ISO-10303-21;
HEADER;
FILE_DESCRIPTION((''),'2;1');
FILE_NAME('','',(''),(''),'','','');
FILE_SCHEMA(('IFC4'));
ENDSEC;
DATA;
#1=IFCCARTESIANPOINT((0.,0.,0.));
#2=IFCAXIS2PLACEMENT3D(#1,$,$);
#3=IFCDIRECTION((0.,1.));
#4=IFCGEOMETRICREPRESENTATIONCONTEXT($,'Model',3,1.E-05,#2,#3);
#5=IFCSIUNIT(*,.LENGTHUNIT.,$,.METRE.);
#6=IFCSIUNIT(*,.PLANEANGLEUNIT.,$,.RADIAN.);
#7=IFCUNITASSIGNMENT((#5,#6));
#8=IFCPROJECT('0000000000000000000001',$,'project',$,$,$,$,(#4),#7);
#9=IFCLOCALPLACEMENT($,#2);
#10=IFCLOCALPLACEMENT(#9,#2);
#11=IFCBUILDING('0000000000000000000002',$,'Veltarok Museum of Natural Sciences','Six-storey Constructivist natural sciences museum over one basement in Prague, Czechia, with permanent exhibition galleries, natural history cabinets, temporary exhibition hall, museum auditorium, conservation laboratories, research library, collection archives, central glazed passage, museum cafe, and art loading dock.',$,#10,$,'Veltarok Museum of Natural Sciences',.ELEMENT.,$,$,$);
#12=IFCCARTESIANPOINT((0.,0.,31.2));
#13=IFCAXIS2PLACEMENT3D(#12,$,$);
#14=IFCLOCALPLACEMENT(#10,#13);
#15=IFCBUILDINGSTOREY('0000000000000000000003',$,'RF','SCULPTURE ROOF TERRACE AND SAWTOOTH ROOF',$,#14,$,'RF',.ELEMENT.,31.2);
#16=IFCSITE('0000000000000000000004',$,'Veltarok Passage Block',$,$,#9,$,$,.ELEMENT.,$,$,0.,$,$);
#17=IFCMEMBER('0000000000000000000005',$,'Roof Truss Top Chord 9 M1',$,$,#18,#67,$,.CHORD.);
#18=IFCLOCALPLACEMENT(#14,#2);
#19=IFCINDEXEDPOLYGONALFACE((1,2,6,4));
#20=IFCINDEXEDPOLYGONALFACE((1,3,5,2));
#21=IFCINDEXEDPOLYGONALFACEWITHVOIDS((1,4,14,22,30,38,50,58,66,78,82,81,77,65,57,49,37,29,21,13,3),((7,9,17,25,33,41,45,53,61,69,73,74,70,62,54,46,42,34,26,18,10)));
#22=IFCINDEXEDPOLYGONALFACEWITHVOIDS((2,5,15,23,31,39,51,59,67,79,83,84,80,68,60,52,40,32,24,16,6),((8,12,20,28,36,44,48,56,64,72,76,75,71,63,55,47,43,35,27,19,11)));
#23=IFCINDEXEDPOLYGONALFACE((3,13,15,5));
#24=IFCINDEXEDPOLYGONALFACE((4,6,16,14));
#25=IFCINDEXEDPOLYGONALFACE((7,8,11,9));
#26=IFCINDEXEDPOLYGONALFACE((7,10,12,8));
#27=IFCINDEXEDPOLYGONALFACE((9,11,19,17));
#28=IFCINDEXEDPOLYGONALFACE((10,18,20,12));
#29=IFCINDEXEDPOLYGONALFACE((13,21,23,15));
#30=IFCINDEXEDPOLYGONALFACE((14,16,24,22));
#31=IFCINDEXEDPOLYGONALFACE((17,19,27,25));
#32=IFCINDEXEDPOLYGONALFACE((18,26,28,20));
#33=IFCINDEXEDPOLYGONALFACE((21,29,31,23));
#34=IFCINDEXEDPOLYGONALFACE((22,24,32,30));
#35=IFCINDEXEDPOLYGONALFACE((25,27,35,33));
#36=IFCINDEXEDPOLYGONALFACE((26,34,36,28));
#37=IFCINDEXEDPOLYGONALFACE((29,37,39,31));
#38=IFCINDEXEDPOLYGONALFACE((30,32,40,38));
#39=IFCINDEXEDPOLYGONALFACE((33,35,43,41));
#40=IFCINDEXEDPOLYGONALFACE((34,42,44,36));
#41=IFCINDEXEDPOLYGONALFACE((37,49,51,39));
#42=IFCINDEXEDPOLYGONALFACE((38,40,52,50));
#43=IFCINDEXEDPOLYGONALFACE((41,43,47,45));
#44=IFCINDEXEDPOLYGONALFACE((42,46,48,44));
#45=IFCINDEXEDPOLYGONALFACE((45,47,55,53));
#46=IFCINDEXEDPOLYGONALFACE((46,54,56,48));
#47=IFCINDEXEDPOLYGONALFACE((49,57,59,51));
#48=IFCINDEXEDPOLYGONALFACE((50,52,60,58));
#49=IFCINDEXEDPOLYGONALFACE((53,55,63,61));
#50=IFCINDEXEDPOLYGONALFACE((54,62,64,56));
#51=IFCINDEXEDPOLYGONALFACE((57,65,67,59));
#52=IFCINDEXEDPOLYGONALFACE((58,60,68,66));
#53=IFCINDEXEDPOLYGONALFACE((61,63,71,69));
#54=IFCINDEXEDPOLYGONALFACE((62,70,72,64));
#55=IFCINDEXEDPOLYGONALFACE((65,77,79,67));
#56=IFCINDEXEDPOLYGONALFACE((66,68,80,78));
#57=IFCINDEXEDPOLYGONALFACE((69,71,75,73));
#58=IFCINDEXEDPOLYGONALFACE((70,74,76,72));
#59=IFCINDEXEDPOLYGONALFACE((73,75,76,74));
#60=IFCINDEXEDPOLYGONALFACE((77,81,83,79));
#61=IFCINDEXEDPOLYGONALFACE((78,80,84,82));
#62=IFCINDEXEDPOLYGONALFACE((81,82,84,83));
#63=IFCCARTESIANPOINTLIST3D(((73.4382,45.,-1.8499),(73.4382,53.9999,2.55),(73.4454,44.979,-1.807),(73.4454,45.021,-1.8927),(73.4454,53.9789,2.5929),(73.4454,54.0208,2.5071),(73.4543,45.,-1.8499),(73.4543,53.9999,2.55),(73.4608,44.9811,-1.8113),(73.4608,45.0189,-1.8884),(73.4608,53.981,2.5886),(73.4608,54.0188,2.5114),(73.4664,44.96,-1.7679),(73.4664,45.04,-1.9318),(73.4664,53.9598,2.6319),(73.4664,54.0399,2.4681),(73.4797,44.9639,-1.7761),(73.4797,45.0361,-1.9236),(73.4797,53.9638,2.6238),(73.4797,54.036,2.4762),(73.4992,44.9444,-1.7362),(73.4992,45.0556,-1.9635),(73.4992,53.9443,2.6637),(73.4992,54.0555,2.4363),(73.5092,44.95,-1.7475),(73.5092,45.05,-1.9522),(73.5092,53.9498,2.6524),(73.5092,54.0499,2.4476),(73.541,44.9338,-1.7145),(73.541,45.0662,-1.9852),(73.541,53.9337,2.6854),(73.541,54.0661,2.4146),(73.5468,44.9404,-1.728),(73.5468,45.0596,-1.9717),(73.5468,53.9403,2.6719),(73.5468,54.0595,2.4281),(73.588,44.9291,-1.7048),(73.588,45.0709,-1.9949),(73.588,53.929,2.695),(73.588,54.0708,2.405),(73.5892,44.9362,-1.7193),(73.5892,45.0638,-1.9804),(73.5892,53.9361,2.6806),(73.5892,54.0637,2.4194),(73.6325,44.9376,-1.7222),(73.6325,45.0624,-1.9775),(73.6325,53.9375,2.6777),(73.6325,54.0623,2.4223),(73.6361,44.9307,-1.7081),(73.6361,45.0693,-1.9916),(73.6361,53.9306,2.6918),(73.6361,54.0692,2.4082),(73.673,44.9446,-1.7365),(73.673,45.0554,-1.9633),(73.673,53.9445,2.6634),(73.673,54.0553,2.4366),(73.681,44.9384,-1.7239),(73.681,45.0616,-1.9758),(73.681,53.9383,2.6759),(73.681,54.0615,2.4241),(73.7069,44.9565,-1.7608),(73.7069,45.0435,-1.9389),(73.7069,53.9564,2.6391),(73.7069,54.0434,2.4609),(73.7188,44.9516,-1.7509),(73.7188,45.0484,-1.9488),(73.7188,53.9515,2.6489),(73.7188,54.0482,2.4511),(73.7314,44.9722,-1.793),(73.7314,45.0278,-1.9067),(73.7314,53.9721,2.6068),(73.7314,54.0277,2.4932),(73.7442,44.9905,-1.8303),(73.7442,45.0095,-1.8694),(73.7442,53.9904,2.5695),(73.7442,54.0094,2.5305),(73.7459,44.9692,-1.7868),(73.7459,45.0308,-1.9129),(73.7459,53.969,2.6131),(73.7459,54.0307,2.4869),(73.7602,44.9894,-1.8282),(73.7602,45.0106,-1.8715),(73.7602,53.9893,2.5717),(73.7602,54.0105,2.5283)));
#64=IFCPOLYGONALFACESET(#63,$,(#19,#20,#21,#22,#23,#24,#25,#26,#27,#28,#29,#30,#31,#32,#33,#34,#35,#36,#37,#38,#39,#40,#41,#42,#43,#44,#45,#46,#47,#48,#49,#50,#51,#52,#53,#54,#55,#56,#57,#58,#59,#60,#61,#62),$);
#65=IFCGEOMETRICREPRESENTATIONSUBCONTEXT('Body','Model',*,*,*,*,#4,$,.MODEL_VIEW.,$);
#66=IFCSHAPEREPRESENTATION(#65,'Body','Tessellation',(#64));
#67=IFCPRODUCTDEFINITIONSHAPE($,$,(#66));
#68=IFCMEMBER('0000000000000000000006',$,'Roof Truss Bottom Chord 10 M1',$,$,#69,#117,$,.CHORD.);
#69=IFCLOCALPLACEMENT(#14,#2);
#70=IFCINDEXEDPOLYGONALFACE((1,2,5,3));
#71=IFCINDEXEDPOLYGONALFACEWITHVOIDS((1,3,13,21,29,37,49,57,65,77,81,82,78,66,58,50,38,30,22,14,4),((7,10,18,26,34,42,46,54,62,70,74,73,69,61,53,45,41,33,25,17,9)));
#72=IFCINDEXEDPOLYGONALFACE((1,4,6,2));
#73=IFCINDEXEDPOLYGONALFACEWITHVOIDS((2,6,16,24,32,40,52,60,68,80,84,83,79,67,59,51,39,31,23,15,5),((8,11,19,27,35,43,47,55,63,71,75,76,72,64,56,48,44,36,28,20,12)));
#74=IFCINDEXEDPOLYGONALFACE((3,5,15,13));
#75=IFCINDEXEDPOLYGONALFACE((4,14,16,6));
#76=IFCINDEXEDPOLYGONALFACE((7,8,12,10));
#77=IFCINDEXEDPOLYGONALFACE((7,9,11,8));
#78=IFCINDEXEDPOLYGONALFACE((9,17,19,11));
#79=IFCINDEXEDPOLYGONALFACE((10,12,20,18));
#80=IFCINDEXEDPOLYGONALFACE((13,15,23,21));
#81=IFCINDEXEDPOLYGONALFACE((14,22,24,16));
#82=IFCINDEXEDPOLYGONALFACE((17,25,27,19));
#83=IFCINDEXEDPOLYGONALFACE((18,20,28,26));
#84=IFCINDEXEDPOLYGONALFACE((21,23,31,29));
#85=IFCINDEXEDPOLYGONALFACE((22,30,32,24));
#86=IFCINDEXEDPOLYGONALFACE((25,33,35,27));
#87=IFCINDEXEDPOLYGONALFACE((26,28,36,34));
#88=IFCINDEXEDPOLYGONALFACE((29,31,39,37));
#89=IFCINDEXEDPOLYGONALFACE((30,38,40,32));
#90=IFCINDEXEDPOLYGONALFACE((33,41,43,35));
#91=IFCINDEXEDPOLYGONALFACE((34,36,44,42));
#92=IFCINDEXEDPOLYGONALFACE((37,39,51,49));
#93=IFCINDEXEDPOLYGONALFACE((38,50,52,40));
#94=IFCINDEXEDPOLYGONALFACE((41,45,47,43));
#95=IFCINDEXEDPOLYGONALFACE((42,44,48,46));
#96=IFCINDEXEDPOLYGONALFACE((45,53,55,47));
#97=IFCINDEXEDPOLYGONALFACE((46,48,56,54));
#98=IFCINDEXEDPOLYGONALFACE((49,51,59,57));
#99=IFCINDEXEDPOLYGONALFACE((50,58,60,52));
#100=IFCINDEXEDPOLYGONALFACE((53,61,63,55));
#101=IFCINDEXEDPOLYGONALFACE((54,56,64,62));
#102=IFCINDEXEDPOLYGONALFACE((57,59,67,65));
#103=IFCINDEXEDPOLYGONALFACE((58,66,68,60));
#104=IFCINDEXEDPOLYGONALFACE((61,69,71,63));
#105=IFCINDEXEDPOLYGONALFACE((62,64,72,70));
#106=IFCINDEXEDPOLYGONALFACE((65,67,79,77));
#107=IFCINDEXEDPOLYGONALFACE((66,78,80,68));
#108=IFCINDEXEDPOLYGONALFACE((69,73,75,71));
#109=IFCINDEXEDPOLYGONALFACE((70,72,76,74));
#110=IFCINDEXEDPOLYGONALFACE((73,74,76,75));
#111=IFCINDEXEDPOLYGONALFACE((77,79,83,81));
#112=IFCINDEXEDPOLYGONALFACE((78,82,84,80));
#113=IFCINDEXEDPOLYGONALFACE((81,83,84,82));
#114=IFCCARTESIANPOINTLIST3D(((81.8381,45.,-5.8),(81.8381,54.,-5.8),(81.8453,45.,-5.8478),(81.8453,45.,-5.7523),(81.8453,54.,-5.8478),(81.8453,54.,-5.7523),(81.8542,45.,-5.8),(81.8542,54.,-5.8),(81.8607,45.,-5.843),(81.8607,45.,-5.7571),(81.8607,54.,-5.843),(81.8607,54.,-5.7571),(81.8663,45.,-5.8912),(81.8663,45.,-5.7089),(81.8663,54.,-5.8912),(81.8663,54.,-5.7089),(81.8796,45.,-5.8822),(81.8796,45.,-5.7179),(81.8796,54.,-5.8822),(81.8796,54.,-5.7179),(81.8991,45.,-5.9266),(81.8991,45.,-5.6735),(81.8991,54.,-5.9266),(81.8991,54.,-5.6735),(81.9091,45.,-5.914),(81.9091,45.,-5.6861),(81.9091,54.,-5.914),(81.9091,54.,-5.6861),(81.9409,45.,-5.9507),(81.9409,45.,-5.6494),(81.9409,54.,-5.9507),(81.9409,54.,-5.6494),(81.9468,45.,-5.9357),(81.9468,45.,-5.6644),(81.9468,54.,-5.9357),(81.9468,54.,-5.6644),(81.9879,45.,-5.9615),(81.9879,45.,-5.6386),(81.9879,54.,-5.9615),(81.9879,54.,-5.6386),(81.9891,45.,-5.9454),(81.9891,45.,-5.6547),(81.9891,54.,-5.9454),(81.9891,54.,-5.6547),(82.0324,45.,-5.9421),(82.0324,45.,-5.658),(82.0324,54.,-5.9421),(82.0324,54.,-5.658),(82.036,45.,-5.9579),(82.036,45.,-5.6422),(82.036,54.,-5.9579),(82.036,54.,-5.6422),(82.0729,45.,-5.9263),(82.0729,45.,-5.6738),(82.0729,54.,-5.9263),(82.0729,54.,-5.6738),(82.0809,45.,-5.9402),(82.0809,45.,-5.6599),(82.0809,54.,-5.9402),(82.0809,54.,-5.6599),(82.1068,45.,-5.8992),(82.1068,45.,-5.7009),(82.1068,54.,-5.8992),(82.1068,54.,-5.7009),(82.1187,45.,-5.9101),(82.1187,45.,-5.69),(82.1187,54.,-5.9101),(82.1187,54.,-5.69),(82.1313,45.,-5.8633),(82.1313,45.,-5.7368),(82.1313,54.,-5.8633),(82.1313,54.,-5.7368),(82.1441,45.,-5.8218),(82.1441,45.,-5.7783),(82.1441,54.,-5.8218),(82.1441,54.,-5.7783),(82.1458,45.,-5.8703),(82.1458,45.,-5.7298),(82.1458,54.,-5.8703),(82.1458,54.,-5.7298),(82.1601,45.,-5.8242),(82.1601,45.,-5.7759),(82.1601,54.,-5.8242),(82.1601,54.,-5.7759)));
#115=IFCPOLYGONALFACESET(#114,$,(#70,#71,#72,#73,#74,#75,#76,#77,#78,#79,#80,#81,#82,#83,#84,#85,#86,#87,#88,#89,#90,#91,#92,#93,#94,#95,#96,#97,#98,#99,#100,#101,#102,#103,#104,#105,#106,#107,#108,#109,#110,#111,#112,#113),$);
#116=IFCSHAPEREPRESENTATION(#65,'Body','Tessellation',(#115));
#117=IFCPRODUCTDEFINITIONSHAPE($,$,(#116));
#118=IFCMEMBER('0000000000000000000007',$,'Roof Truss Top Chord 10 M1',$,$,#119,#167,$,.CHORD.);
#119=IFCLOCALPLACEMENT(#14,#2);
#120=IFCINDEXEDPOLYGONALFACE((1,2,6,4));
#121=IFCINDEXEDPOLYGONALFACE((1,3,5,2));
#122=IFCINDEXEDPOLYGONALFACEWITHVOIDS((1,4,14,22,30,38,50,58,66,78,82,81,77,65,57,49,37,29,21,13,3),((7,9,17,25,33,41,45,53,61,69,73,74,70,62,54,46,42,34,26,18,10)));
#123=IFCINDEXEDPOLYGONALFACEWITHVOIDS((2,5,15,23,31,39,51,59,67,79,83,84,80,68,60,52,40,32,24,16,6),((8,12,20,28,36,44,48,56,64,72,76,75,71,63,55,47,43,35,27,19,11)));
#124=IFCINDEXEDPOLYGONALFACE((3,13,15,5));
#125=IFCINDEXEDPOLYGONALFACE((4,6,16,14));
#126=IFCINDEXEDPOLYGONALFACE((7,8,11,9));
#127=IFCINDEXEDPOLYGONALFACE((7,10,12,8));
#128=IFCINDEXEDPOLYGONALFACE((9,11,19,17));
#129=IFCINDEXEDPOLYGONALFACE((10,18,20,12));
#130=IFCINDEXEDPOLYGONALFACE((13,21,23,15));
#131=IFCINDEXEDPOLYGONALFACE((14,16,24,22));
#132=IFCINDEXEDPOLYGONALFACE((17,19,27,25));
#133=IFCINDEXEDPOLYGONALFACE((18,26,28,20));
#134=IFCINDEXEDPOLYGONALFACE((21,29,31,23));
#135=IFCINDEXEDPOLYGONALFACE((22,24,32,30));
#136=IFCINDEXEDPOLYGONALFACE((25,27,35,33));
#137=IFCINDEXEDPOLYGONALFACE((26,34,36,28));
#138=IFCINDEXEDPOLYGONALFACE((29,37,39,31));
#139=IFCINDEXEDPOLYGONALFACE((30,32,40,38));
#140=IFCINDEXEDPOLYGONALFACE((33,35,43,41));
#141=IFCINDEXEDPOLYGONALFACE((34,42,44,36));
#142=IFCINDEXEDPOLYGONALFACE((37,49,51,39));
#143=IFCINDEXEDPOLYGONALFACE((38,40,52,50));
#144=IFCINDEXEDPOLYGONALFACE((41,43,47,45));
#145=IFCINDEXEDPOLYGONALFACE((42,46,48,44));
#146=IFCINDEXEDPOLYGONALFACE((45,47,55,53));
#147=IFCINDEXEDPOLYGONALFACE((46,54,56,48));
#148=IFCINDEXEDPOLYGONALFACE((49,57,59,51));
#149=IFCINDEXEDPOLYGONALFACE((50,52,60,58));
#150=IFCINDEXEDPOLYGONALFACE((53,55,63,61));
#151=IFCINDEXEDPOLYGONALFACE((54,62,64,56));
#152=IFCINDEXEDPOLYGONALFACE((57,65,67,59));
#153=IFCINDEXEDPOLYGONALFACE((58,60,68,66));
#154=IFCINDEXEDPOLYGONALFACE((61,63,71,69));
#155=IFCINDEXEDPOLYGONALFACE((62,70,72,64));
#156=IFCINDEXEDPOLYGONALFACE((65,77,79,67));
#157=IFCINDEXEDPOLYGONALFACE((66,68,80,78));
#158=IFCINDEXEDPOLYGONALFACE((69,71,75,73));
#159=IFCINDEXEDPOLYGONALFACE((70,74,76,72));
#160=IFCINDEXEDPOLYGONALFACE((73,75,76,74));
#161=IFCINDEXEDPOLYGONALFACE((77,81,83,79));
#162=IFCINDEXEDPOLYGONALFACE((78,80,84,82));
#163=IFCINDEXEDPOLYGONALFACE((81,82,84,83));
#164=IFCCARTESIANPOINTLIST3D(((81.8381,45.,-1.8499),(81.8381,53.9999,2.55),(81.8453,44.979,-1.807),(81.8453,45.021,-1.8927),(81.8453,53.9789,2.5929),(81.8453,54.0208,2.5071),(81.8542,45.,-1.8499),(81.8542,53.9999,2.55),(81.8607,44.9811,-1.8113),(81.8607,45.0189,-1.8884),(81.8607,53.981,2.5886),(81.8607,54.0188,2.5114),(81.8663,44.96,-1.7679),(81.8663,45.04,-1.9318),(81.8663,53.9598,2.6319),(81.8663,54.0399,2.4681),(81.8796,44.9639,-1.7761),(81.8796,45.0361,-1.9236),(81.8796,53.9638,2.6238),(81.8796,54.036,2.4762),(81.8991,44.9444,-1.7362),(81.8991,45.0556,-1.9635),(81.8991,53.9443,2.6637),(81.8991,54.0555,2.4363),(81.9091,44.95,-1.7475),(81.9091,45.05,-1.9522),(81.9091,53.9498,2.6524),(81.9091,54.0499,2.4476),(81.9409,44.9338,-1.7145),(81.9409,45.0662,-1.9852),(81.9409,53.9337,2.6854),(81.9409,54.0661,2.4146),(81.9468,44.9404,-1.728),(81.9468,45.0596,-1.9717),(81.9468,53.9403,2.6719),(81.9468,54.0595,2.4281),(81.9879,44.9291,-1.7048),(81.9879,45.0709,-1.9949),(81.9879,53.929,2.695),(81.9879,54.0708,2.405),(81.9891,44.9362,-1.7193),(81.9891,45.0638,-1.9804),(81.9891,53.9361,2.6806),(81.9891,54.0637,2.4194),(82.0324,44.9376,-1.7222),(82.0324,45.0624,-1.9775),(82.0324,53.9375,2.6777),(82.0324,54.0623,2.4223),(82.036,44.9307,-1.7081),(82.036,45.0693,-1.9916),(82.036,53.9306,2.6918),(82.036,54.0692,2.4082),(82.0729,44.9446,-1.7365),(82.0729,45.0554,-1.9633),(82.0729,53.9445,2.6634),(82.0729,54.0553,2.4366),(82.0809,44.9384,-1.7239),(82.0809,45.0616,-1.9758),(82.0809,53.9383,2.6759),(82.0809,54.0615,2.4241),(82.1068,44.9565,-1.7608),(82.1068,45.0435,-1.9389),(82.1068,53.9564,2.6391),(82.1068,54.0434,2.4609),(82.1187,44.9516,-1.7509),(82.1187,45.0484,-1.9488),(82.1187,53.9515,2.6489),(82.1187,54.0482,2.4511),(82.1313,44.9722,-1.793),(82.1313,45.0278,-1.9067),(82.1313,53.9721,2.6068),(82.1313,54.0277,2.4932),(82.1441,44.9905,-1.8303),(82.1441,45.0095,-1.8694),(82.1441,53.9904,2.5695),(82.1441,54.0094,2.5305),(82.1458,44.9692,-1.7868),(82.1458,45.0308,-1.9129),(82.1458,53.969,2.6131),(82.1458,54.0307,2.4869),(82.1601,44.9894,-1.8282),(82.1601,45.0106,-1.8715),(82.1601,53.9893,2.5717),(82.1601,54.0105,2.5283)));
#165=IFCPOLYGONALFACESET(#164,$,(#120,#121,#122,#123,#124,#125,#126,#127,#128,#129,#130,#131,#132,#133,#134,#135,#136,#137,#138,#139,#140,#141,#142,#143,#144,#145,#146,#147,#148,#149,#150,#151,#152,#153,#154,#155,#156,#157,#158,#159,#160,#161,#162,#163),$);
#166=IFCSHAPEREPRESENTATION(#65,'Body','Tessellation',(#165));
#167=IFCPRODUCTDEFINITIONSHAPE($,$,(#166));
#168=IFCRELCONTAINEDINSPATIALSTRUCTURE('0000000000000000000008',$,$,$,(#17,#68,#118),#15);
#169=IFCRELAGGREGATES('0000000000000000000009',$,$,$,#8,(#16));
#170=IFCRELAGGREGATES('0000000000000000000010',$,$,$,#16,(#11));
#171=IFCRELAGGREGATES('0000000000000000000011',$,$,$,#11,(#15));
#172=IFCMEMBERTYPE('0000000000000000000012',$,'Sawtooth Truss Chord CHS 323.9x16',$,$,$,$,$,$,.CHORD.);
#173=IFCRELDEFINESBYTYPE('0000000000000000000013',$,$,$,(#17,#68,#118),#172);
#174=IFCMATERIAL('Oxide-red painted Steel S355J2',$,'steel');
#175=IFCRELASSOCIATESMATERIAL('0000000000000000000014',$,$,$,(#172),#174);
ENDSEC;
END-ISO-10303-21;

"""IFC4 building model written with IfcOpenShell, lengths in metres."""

from ifc_helpers import new_model, si_unit, direction, frame, origin, origin_2d, place, context, subcontext, project, spatial, hollow_circle, extrude, material, material_profile, profile_set, type_object, element, save


model = new_model("IFC4")

# Units and contexts
model_context = context("Model", 3, precision=1e-05, world=origin(), true_north=direction((0.0, 1.0)))
body_context = subcontext(model_context, "Body", "Model", "MODEL_VIEW")
ifc_project = project(units=[si_unit("LENGTHUNIT", "METRE"), si_unit("PLANEANGLEUNIT", "RADIAN")], contexts=[model_context])

# Site, building, storey
site_placement = place(None, origin())
site = spatial("IfcSite", under=ifc_project, at=site_placement, Name="Veltarok Passage Block", CompositionType="ELEMENT", RefElevation=0.0)
building_placement = place(site_placement, origin())
building = spatial("IfcBuilding", under=site, at=building_placement, Name="Veltarok Museum of Natural Sciences", Description="Six-storey Constructivist natural sciences museum over one basement in Prague, Czechia, with permanent exhibition galleries, natural history cabinets, temporary exhibition hall, museum auditorium, conservation laboratories, research library, collection archives, central glazed passage, museum cafe, and art loading dock.", LongName="Veltarok Museum of Natural Sciences", CompositionType="ELEMENT")
storey_placement = place(building_placement, frame((0.0, 0.0, 31.2)))
storey = spatial("IfcBuildingStorey", under=building, at=storey_placement, Name="RF", Description="SCULPTURE ROOF TERRACE AND SAWTOOTH ROOF", LongName="RF", CompositionType="ELEMENT", Elevation=31.2)

# Members
ifc_material_1 = material(Name="Oxide-red painted Steel S355J2", Category="steel")
ifc_material_profile_1 = material_profile(ifc_material_1, hollow_circle(Radius=0.1619, WallThickness=0.0161, at=origin_2d()), Name="CHS 323.9x16")
ifc_profile_set_1 = profile_set([ifc_material_profile_1], Name="Oxide-red painted Steel S355J2")
member_type_1 = type_object("IfcMemberType", Name="Sawtooth Truss Chord CHS 323.9x16", PredefinedType="CHORD", material=ifc_profile_set_1)
member_1_placement = place(storey_placement, frame((73.6001, 45.0, -1.8499), z_axis=(0.0, 0.898388, 0.439202), x_axis=(-1.0, 0.0, 0.0)))
element("IfcMember", 1, at=member_1_placement, inside=storey, type_object=member_type_1, Name="Roof Truss Top Chord 9 M1", PredefinedType="CHORD", context=body_context, shape_type="SweptSolid", body=[
    extrude(hollow_circle(Radius=0.1619, WallThickness=0.0161, at=origin_2d()), origin(), (0.0, 0.0, 1.0), 10.0178),
])
member_2_placement = place(storey_placement, frame((82.0, 45.0, -5.8), z_axis=(0.0, 1.0, 0.0), x_axis=(-1.0, 0.0, 0.0)))
element("IfcMember", 2, at=member_2_placement, inside=storey, type_object=member_type_1, Name="Roof Truss Bottom Chord 10 M1", PredefinedType="CHORD", context=body_context, shape_type="SweptSolid", body=[
    extrude(hollow_circle(Radius=0.1619, WallThickness=0.0161, at=origin_2d()), origin(), (0.0, 0.0, 1.0), 9.0),
])
member_3_placement = place(storey_placement, frame((82.0, 45.0, -1.8499), z_axis=(0.0, 0.898388, 0.439202), x_axis=(-1.0, 0.0, 0.0)))
element("IfcMember", 3, at=member_3_placement, inside=storey, type_object=member_type_1, Name="Roof Truss Top Chord 10 M1", PredefinedType="CHORD", context=body_context, shape_type="SweptSolid", body=[
    extrude(hollow_circle(Radius=0.1619, WallThickness=0.0161, at=origin_2d()), origin(), (0.0, 0.0, 1.0), 10.0178),
])

save(model, "model.ifc")
